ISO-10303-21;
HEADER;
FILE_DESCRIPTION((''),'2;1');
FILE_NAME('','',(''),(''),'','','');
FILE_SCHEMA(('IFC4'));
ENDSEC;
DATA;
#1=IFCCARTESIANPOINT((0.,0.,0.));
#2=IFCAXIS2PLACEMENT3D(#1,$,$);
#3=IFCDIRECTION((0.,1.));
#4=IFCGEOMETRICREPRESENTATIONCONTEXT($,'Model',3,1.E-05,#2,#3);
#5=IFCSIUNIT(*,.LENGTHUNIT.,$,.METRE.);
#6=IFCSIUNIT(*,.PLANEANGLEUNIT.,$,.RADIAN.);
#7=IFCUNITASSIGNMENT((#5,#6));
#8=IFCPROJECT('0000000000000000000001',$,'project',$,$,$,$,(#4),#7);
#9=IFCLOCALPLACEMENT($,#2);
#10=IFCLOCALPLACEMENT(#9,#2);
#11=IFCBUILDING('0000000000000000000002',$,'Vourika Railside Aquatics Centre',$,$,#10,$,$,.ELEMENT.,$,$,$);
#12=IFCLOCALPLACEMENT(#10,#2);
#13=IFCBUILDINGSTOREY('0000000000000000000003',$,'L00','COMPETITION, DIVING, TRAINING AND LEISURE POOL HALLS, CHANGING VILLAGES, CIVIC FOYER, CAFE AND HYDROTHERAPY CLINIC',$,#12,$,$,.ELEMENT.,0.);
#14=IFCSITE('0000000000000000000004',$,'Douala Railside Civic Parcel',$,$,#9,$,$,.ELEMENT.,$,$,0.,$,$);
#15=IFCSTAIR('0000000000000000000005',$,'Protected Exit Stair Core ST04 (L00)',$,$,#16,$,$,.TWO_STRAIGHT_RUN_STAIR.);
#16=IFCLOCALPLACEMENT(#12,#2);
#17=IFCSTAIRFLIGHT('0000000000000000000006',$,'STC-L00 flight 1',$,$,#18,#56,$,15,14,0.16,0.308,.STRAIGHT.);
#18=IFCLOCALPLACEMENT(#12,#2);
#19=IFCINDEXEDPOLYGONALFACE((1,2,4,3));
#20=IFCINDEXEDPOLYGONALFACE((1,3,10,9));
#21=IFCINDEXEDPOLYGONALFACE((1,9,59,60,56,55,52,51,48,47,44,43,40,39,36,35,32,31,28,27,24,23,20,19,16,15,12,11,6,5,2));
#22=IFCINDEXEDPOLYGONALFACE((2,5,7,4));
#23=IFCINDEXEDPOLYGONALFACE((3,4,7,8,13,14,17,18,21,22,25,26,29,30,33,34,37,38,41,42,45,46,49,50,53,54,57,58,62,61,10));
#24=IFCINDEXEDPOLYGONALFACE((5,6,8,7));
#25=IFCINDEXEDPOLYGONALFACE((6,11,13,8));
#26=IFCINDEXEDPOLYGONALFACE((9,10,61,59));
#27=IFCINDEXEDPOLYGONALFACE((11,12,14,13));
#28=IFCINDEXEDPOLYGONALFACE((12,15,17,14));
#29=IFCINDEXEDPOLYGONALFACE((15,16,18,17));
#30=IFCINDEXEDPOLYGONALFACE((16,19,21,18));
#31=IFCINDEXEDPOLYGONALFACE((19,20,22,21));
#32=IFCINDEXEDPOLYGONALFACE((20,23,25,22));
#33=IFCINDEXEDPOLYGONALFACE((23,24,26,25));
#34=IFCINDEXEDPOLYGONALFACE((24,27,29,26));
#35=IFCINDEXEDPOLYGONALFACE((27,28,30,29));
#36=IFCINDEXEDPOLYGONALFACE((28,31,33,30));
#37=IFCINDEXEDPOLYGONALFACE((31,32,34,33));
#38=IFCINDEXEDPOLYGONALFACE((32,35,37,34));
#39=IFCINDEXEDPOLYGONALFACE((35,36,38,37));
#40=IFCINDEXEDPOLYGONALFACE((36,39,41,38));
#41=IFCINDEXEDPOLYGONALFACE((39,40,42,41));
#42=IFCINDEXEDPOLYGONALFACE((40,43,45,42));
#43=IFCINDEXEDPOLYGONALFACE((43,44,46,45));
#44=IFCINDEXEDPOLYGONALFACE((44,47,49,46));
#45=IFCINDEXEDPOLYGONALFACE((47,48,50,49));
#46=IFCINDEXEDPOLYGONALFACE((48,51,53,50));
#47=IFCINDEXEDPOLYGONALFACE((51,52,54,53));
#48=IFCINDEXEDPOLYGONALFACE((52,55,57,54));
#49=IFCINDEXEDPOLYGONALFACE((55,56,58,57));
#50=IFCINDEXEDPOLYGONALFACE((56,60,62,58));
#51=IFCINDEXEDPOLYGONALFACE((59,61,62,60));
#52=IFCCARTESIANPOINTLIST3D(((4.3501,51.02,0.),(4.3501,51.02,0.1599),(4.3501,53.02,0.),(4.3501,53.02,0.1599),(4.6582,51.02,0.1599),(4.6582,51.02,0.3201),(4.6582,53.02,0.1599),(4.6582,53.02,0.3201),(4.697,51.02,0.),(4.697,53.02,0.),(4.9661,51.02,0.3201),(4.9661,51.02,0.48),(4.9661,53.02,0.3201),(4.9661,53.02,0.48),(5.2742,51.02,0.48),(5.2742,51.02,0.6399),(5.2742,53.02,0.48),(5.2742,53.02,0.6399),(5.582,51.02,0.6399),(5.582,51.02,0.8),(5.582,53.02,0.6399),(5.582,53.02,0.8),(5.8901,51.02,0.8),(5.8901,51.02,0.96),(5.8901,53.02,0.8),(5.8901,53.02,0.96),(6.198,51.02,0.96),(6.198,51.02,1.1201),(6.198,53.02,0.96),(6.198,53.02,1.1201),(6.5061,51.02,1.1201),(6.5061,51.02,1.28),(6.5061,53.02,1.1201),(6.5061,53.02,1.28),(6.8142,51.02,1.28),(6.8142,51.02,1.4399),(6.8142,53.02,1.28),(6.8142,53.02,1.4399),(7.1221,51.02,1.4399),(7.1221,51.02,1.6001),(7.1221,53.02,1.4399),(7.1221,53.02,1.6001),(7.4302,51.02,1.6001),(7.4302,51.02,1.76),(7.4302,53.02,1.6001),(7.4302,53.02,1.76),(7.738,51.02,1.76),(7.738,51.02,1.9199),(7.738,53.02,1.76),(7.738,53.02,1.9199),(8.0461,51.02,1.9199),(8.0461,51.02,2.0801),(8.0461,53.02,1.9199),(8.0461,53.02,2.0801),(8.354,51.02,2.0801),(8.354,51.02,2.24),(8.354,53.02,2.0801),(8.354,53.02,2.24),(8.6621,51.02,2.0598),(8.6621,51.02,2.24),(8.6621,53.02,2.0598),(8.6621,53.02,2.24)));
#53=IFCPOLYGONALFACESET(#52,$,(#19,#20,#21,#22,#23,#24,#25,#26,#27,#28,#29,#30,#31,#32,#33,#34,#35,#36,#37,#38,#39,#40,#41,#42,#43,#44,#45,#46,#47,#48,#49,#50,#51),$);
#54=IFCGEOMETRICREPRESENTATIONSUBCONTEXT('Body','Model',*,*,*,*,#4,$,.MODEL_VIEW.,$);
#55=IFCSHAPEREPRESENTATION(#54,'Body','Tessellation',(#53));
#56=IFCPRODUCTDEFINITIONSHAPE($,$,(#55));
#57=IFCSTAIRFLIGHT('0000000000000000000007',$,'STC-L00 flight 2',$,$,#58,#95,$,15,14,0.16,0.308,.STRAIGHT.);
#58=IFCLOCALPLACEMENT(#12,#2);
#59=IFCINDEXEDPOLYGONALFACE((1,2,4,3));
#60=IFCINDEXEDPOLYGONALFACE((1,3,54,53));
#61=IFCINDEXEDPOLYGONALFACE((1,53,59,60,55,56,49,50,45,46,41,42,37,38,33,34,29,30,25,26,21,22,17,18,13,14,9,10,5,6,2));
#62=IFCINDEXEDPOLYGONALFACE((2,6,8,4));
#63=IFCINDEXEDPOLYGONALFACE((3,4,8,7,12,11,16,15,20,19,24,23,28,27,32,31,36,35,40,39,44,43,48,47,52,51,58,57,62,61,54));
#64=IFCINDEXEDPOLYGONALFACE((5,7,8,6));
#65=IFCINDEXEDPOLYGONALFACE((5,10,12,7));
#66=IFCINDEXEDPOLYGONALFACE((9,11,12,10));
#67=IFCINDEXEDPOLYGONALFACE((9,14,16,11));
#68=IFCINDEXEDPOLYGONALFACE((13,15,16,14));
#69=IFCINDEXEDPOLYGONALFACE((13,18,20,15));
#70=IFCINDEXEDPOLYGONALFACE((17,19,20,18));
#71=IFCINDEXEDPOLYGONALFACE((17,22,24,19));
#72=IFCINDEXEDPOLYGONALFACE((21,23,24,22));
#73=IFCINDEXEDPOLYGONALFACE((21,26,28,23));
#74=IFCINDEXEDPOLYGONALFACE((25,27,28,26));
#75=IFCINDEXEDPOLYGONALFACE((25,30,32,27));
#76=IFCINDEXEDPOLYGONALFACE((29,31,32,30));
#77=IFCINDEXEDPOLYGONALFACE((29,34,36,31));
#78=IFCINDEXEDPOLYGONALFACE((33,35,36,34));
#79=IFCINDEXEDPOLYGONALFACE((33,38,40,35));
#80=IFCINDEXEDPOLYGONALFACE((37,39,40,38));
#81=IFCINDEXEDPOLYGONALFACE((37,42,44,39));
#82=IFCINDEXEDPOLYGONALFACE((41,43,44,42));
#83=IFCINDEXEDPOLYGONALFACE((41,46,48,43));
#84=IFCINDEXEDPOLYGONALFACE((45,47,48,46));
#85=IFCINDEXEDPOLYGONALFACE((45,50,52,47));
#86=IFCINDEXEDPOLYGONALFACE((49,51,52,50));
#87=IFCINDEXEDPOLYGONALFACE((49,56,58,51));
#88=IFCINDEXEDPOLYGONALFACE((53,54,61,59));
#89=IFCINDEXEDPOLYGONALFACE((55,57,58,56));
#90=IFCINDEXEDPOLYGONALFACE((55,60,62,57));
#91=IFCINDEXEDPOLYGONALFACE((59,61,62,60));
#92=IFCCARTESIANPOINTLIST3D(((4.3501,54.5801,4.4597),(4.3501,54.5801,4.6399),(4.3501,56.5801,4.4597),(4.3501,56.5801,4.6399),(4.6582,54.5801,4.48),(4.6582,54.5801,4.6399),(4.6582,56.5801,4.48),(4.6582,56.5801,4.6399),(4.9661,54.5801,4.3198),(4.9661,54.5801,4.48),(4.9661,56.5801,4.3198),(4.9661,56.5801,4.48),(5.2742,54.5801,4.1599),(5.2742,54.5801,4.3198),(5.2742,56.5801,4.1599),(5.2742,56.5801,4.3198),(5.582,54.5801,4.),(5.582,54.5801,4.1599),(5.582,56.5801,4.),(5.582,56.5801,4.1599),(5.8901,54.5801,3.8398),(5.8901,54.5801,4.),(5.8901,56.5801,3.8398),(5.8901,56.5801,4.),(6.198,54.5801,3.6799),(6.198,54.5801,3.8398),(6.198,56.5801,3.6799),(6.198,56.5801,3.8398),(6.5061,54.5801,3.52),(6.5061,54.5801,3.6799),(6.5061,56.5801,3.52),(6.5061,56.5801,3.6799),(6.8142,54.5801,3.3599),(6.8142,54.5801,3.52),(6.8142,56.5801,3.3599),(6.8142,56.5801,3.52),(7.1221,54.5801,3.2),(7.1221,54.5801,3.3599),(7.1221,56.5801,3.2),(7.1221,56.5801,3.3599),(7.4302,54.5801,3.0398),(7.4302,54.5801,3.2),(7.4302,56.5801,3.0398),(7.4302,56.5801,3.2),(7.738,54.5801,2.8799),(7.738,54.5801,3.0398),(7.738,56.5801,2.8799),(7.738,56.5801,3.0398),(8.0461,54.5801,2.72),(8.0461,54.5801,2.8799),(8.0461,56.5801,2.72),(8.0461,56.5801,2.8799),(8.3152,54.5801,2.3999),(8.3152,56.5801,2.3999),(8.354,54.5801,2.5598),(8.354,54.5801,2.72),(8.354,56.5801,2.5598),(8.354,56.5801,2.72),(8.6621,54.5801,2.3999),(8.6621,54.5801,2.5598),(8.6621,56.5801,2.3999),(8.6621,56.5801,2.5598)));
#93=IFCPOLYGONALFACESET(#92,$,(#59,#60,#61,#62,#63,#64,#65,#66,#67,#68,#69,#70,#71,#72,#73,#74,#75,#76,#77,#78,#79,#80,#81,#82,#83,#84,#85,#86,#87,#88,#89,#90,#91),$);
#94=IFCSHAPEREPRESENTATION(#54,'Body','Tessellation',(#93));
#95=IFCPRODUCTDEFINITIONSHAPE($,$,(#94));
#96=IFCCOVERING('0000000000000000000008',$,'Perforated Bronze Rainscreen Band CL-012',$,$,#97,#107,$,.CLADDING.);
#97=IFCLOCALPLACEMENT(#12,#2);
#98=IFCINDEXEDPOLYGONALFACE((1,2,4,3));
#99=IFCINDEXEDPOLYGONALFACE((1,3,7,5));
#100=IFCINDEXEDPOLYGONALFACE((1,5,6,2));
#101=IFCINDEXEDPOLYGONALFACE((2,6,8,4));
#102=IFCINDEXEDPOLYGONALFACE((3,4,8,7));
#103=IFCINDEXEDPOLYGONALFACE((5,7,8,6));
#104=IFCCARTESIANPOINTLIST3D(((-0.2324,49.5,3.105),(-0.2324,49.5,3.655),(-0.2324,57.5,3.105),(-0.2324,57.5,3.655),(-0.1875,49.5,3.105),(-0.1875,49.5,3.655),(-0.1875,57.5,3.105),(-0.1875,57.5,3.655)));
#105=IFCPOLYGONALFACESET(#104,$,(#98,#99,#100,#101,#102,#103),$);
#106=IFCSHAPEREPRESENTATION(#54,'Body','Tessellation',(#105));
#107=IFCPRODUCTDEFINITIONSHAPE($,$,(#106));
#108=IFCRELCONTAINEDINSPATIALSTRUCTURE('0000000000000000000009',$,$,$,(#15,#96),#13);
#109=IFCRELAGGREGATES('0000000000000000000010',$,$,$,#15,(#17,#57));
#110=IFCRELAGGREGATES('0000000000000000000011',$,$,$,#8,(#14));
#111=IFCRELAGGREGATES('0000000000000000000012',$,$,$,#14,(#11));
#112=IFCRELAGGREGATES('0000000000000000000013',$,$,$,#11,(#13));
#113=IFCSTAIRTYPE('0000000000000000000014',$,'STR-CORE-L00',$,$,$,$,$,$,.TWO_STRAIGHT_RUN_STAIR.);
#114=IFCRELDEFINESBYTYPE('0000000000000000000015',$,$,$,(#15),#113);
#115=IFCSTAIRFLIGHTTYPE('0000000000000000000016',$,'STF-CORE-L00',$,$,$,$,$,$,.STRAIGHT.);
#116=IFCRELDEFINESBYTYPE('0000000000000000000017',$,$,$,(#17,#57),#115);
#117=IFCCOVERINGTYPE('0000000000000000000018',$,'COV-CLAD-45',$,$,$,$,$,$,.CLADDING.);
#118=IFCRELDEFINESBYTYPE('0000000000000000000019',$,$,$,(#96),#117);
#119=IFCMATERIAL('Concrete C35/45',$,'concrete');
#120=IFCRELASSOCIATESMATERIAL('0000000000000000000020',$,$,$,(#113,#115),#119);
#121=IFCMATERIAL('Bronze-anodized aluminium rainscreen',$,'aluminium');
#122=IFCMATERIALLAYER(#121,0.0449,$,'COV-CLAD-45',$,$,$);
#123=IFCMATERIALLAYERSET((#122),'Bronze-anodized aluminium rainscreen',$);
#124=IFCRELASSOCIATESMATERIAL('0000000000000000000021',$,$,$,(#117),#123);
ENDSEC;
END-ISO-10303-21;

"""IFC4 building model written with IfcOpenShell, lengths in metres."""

from ifc_helpers import new_model, si_unit, direction, frame, origin, origin_2d, place, context, subcontext, project, spatial, polyline, rectangle, outline, extrude, material, layer, layer_set, type_object, element, aggregate, save


model = new_model("IFC4")

# Units and contexts
model_context = context("Model", 3, precision=1e-05, world=origin(), true_north=direction((0.0, 1.0)))
body_context = subcontext(model_context, "Body", "Model", "MODEL_VIEW")
ifc_project = project(units=[si_unit("LENGTHUNIT", "METRE"), si_unit("PLANEANGLEUNIT", "RADIAN")], contexts=[model_context])

# Site, building, storey
site_placement = place(None, origin())
site = spatial("IfcSite", under=ifc_project, at=site_placement, Name="Douala Railside Civic Parcel", CompositionType="ELEMENT", RefElevation=0.0)
building_placement = place(site_placement, origin())
building = spatial("IfcBuilding", under=site, at=building_placement, Name="Vourika Railside Aquatics Centre", CompositionType="ELEMENT")
storey_placement = place(building_placement, origin())
storey = spatial("IfcBuildingStorey", under=building, at=storey_placement, Name="L00", Description="COMPETITION, DIVING, TRAINING AND LEISURE POOL HALLS, CHANGING VILLAGES, CIVIC FOYER, CAFE AND HYDROTHERAPY CLINIC", CompositionType="ELEMENT", Elevation=0.0)

# Stair, stair flights
ifc_material_1 = material(Name="Concrete C35/45", Category="concrete")
stair_type = type_object("IfcStairType", Name="STR-CORE-L00", PredefinedType="TWO_STRAIGHT_RUN_STAIR", material=ifc_material_1)
stair_placement = place(storey_placement, origin())
stair = element("IfcStair", 1, at=stair_placement, inside=storey, type_object=stair_type, Name="Protected Exit Stair Core ST04 (L00)", PredefinedType="TWO_STRAIGHT_RUN_STAIR")
stair_flight_type = type_object("IfcStairFlightType", Name="STF-CORE-L00", PredefinedType="STRAIGHT", material=ifc_material_1)
stair_flight_1_placement = place(storey_placement, frame((4.3501, 52.02, 0.0), z_axis=(0.0, 0.0, 1.0), x_axis=(1.0, 0.0, 0.0)))
stair_flight_1 = element("IfcStairFlight", 2, at=stair_flight_1_placement, type_object=stair_flight_type, Name="STC-L00 flight 1", NumberOfRisers=15, NumberOfTreads=14, PredefinedType="STRAIGHT", RiserHeight=0.16, TreadLength=0.308, context=body_context, shape_type="SweptSolid", body=[
    extrude(outline(polyline([(0.0, 0.0), (0.0, 0.1599), (0.3081, 0.1599), (0.3081, 0.3201), (0.616, 0.3201), (0.616, 0.48), (0.9241, 0.48), (0.9241, 0.6399), (1.2319, 0.6399), (1.2319, 0.8), (1.54, 0.8), (1.54, 0.96), (1.8479, 0.96), (1.8479, 1.1201), (2.156, 1.1201), (2.156, 1.28), (2.4641, 1.28), (2.4641, 1.4399), (2.772, 1.4399), (2.772, 1.6001), (3.0801, 1.6001), (3.0801, 1.76), (3.3879, 1.76), (3.3879, 1.9199), (3.696, 1.9199), (3.696, 2.0801), (4.0039, 2.0801), (4.0039, 2.24), (4.312, 2.24), (4.312, 2.3999), (4.312, 2.0598), (0.3469, 0.0), (0.0, 0.0)])), frame((0.0, 1.0, 0.0), z_axis=(0.0, -1.0, 0.0), x_axis=(1.0, 0.0, 0.0)), (0.0, 0.0, 1.0), 2.0),
])
stair_flight_2_placement = place(storey_placement, frame((8.6621, 55.5801, 2.3999), z_axis=(0.0, 0.0, 1.0), x_axis=(-1.0, 0.0, 0.0)))
stair_flight_2 = element("IfcStairFlight", 3, at=stair_flight_2_placement, type_object=stair_flight_type, Name="STC-L00 flight 2", NumberOfRisers=15, NumberOfTreads=14, PredefinedType="STRAIGHT", RiserHeight=0.16, TreadLength=0.308, context=body_context, shape_type="SweptSolid", body=[
    extrude(outline(polyline([(0.0, 0.0), (0.0, 0.1599), (0.3081, 0.1599), (0.3081, 0.3201), (0.616, 0.3201), (0.616, 0.48), (0.9241, 0.48), (0.9241, 0.6399), (1.2319, 0.6399), (1.2319, 0.8), (1.54, 0.8), (1.54, 0.96), (1.8479, 0.96), (1.8479, 1.1201), (2.156, 1.1201), (2.156, 1.28), (2.4641, 1.28), (2.4641, 1.4399), (2.772, 1.4399), (2.772, 1.6001), (3.0801, 1.6001), (3.0801, 1.76), (3.3879, 1.76), (3.3879, 1.9199), (3.696, 1.9199), (3.696, 2.0801), (4.0039, 2.0801), (4.0039, 2.24), (4.312, 2.24), (4.312, 2.3999), (4.312, 2.0598), (0.3469, 0.0), (0.0, 0.0)])), frame((0.0, 1.0, 0.0), z_axis=(0.0, -1.0, 0.0), x_axis=(1.0, 0.0, 0.0)), (0.0, 0.0, 1.0), 2.0),
])
aggregate(stair, [stair_flight_1, stair_flight_2])

# Covering
ifc_material_2 = material(Name="Bronze-anodized aluminium rainscreen", Category="aluminium")
ifc_layer_1 = layer(ifc_material_2, 0.0449, Name="COV-CLAD-45")
ifc_layer_set_1 = layer_set([ifc_layer_1], Name="Bronze-anodized aluminium rainscreen")
covering_type = type_object("IfcCoveringType", Name="COV-CLAD-45", PredefinedType="CLADDING", material=ifc_layer_set_1)
covering_placement = place(storey_placement, frame((-0.21, 53.5, 3.105), z_axis=(0.0, 0.0, 1.0), x_axis=(0.0, -1.0, 0.0)))
element("IfcCovering", 4, at=covering_placement, inside=storey, type_object=covering_type, Name="Perforated Bronze Rainscreen Band CL-012", PredefinedType="CLADDING", context=body_context, shape_type="SweptSolid", body=[
    extrude(rectangle(XDim=8.0, YDim=0.0449, at=origin_2d()), origin(), (0.0, 0.0, 1.0), 0.55),
])

save(model, "model.ifc")
